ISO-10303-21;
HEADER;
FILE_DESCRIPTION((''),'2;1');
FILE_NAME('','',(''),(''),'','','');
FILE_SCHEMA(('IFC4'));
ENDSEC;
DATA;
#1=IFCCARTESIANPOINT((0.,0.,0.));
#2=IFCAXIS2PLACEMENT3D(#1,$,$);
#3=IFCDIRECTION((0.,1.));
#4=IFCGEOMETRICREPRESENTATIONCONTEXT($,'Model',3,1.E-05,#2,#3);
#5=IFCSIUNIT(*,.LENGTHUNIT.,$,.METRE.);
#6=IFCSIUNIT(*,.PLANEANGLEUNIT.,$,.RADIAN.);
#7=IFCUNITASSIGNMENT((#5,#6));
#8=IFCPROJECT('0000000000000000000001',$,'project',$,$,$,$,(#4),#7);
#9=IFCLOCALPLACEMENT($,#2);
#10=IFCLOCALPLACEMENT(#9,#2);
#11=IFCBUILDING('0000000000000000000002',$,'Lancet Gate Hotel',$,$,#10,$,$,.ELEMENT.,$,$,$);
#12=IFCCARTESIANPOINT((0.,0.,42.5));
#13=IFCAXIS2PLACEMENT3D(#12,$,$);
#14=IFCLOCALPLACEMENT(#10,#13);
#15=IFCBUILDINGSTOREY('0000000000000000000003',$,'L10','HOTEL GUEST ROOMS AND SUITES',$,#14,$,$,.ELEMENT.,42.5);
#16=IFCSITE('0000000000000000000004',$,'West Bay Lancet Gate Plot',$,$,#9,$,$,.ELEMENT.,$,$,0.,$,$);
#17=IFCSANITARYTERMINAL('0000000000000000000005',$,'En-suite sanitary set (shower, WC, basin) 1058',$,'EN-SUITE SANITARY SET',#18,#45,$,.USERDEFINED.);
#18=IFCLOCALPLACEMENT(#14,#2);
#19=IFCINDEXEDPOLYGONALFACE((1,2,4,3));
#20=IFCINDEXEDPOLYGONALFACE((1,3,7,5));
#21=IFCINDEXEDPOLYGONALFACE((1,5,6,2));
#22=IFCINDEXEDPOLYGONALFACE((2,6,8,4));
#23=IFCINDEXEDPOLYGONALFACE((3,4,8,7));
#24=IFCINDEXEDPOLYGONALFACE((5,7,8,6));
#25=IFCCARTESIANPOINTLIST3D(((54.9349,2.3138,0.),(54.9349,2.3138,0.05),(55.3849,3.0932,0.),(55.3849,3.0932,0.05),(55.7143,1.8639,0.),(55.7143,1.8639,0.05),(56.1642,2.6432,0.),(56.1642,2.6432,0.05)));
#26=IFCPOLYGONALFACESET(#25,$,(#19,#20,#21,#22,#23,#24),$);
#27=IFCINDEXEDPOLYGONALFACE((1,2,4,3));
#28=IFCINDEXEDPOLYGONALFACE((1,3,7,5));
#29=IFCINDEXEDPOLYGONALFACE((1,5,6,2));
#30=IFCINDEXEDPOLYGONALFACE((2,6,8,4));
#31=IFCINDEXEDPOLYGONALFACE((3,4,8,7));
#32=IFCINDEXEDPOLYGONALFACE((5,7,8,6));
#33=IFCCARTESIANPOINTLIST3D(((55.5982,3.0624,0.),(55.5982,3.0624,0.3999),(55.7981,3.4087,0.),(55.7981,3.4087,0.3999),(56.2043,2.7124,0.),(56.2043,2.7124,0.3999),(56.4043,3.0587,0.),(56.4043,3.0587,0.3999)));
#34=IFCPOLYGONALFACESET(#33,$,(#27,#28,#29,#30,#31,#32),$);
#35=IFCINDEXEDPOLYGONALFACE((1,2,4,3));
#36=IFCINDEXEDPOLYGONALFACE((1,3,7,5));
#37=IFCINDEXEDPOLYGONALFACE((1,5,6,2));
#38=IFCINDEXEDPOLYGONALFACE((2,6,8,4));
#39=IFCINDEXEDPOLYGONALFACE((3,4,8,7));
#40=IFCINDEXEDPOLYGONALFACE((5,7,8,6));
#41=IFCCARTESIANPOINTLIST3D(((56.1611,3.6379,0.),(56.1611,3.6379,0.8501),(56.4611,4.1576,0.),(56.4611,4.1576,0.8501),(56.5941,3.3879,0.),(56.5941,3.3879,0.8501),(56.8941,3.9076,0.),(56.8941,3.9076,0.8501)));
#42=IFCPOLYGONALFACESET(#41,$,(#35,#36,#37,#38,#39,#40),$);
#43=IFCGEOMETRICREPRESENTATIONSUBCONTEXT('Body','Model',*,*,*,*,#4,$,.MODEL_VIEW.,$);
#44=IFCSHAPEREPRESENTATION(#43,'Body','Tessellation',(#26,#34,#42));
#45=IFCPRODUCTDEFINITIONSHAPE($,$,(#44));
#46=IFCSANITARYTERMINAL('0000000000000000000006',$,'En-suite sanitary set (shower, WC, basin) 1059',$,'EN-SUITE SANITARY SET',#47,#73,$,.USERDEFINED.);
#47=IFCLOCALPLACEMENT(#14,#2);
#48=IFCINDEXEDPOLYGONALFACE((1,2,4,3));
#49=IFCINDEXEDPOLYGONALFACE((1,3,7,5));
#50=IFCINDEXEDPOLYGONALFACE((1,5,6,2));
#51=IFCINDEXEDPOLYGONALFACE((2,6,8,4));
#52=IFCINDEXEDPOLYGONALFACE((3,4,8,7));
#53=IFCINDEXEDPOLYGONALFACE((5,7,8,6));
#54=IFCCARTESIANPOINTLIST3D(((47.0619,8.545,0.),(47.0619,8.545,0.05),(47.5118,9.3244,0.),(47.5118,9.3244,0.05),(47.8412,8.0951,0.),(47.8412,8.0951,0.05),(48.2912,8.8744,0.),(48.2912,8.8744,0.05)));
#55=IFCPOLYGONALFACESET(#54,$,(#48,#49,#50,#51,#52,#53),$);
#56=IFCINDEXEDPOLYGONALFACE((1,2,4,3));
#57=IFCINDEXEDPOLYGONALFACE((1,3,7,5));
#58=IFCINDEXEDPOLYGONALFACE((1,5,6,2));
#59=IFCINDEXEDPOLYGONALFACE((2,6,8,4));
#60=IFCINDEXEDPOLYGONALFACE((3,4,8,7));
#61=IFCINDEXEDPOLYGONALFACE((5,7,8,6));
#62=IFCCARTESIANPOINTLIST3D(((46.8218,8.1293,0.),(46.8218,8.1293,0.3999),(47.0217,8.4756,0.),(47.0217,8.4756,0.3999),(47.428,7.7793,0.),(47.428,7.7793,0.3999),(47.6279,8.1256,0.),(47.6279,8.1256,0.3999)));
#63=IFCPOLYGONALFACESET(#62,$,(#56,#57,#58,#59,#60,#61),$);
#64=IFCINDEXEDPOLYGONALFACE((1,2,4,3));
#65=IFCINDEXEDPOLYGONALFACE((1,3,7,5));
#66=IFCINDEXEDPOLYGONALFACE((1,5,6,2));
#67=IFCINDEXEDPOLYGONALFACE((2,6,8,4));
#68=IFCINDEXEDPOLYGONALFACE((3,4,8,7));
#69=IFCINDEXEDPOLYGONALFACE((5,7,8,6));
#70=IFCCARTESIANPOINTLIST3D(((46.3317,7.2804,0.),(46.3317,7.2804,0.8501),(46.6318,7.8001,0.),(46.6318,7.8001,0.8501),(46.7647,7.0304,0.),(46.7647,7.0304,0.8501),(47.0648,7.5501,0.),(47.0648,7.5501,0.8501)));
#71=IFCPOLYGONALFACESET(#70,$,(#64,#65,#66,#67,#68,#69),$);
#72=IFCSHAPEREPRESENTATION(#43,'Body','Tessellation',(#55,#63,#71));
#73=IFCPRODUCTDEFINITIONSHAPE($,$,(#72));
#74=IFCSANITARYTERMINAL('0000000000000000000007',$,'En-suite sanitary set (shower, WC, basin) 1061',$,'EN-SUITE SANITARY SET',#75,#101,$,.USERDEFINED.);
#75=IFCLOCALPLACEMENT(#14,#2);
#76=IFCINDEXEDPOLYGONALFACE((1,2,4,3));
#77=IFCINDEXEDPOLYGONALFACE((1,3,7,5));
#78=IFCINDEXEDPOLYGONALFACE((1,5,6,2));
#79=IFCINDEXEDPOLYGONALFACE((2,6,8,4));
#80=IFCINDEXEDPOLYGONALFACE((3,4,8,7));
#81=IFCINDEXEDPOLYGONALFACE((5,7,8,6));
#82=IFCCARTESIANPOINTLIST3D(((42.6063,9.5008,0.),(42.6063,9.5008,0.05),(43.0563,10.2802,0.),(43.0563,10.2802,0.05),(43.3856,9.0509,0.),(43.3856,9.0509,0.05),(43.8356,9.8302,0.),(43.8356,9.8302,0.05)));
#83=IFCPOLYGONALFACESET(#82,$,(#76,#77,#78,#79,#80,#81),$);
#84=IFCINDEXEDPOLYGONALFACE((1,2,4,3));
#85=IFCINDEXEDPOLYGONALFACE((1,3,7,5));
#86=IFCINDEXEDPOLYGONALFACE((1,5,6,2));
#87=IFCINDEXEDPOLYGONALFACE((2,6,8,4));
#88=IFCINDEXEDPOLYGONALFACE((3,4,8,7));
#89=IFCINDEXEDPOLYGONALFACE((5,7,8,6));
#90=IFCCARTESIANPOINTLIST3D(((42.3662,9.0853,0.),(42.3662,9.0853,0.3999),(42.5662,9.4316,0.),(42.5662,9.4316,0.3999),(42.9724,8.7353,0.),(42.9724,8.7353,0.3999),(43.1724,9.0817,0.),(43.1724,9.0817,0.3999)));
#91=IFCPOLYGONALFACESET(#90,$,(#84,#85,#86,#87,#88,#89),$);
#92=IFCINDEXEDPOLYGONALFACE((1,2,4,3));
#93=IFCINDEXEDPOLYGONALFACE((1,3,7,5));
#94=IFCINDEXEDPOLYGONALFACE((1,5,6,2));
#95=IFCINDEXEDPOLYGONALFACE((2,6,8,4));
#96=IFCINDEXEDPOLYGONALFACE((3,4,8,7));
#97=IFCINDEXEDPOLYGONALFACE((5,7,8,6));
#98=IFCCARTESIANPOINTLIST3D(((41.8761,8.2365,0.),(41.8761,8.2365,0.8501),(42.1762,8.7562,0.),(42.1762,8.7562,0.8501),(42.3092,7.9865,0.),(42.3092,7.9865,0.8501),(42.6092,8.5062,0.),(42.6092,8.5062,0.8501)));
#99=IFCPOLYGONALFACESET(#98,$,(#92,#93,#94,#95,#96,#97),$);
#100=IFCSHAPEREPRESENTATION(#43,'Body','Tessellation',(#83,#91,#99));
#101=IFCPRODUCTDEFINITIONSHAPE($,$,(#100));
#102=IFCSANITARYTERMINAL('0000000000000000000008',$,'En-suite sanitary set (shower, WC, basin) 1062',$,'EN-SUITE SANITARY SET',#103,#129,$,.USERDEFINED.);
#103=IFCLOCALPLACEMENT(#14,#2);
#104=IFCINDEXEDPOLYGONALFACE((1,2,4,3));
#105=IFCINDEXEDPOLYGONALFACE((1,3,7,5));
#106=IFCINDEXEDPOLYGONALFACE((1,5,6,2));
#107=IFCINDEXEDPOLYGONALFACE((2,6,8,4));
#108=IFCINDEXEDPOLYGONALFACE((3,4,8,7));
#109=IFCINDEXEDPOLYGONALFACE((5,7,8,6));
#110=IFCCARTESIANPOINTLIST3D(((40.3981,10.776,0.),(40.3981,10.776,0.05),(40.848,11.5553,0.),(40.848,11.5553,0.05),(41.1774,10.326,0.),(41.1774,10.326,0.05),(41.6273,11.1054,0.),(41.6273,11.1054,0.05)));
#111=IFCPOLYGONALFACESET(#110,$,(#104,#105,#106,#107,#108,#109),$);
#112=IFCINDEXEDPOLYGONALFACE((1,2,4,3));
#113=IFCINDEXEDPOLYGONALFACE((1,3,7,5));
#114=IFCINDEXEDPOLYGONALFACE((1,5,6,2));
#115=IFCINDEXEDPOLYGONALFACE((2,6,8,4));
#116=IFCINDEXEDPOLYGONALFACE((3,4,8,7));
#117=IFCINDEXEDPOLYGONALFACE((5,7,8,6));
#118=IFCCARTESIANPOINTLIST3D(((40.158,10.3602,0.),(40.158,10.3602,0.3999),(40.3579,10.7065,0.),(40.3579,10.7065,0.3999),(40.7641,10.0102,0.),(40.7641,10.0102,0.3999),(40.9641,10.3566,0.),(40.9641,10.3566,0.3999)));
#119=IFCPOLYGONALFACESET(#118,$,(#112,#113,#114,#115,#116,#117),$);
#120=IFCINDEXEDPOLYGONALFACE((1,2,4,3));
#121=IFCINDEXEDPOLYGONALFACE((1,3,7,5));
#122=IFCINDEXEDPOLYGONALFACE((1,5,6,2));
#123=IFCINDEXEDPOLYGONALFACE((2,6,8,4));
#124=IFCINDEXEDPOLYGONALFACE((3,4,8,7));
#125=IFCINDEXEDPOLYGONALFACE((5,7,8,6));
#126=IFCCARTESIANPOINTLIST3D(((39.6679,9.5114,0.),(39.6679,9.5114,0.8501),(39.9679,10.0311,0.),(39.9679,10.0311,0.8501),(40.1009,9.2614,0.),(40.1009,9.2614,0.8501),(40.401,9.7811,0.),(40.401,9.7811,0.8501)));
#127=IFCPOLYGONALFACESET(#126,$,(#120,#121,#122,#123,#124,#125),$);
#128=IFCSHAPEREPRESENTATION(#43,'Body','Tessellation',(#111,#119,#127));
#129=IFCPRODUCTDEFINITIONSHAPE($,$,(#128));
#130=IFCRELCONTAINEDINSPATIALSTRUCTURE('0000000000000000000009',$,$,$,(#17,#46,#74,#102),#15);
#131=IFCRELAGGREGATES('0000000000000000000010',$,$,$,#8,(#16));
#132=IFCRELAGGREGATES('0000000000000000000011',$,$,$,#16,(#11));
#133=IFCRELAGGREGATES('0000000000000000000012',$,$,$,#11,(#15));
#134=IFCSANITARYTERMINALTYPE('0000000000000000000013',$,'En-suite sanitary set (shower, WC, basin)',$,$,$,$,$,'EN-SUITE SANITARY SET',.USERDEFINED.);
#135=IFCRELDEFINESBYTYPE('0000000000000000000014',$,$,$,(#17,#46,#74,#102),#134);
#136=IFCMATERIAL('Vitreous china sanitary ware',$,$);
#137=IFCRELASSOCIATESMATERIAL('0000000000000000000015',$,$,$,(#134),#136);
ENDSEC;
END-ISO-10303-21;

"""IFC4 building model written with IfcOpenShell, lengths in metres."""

from ifc_helpers import new_model, si_unit, direction, frame, origin, origin_2d, place, context, subcontext, project, spatial, rectangle, extrude, material, type_object, element, save


model = new_model("IFC4")

# Units and contexts
model_context = context("Model", 3, precision=1e-05, world=origin(), true_north=direction((0.0, 1.0)))
body_context = subcontext(model_context, "Body", "Model", "MODEL_VIEW")
ifc_project = project(units=[si_unit("LENGTHUNIT", "METRE"), si_unit("PLANEANGLEUNIT", "RADIAN")], contexts=[model_context])

# Site, building, storey
site_placement = place(None, origin())
site = spatial("IfcSite", under=ifc_project, at=site_placement, Name="West Bay Lancet Gate Plot", CompositionType="ELEMENT", RefElevation=0.0)
building_placement = place(site_placement, origin())
building = spatial("IfcBuilding", under=site, at=building_placement, Name="Lancet Gate Hotel", CompositionType="ELEMENT")
storey_placement = place(building_placement, frame((0.0, 0.0, 42.5)))
storey = spatial("IfcBuildingStorey", under=building, at=storey_placement, Name="L10", Description="HOTEL GUEST ROOMS AND SUITES", CompositionType="ELEMENT", Elevation=42.5)

# Sanitary terminals
ifc_material_1 = material(Name="Vitreous china sanitary ware")
sanitary_terminal_type = type_object("IfcSanitaryTerminalType", Name="En-suite sanitary set (shower, WC, basin)", ElementType="EN-SUITE SANITARY SET", PredefinedType="USERDEFINED", material=ifc_material_1)
sanitary_terminal_1_placement = place(storey_placement, frame((55.5496, 2.4785, 0.0), z_axis=(0.0, 0.0, 1.0), x_axis=(1.0, 0.0, 0.0)))
element("IfcSanitaryTerminal", 1, at=sanitary_terminal_1_placement, inside=storey, type_object=sanitary_terminal_type, Name="En-suite sanitary set (shower, WC, basin) 1058", ObjectType="EN-SUITE SANITARY SET", PredefinedType="USERDEFINED", context=body_context, shape_type="SweptSolid", body=[
    extrude(rectangle(XDim=0.8999, YDim=0.8999, at=origin_2d()), frame((0.0, 0.0, 0.0), z_axis=(0.0, 0.0, 1.0), x_axis=(-0.5, -0.866025, 0.0)), (0.0, 0.0, 1.0), 0.05),
    extrude(rectangle(XDim=0.3999, YDim=0.7, at=origin_2d()), frame((0.4517, 0.582, 0.0), z_axis=(0.0, 0.0, 1.0), x_axis=(-0.5, -0.866025, 0.0)), (0.0, 0.0, 1.0), 0.3999),
    extrude(rectangle(XDim=0.6001, YDim=0.5, at=origin_2d()), frame((0.978, 1.2942, 0.0), z_axis=(0.0, 0.0, 1.0), x_axis=(-0.5, -0.866025, 0.0)), (0.0, 0.0, 1.0), 0.8501),
])
sanitary_terminal_2_placement = place(storey_placement, frame((47.6765, 8.7097, 0.0), z_axis=(0.0, 0.0, 1.0), x_axis=(1.0, 0.0, 0.0)))
element("IfcSanitaryTerminal", 2, at=sanitary_terminal_2_placement, inside=storey, type_object=sanitary_terminal_type, Name="En-suite sanitary set (shower, WC, basin) 1059", ObjectType="EN-SUITE SANITARY SET", PredefinedType="USERDEFINED", context=body_context, shape_type="SweptSolid", body=[
    extrude(rectangle(XDim=0.8999, YDim=0.8999, at=origin_2d()), frame((0.0, 0.0, 0.0), z_axis=(0.0, 0.0, 1.0), x_axis=(0.5, 0.866025, 0.0)), (0.0, 0.0, 1.0), 0.05),
    extrude(rectangle(XDim=0.3999, YDim=0.7, at=origin_2d()), frame((-0.4517, -0.5823, 0.0), z_axis=(0.0, 0.0, 1.0), x_axis=(0.5, 0.866025, 0.0)), (0.0, 0.0, 1.0), 0.3999),
    extrude(rectangle(XDim=0.6001, YDim=0.5, at=origin_2d()), frame((-0.9783, -1.2944, 0.0), z_axis=(0.0, 0.0, 1.0), x_axis=(0.5, 0.866025, 0.0)), (0.0, 0.0, 1.0), 0.8501),
])
sanitary_terminal_3_placement = place(storey_placement, frame((43.2209, 9.6655, 0.0), z_axis=(0.0, 0.0, 1.0), x_axis=(1.0, 0.0, 0.0)))
element("IfcSanitaryTerminal", 3, at=sanitary_terminal_3_placement, inside=storey, type_object=sanitary_terminal_type, Name="En-suite sanitary set (shower, WC, basin) 1061", ObjectType="EN-SUITE SANITARY SET", PredefinedType="USERDEFINED", context=body_context, shape_type="SweptSolid", body=[
    extrude(rectangle(XDim=0.8999, YDim=0.8999, at=origin_2d()), frame((0.0, 0.0, 0.0), z_axis=(0.0, 0.0, 1.0), x_axis=(0.5, 0.866025, 0.0)), (0.0, 0.0, 1.0), 0.05),
    extrude(rectangle(XDim=0.3999, YDim=0.7, at=origin_2d()), frame((-0.4517, -0.582, 0.0), z_axis=(0.0, 0.0, 1.0), x_axis=(0.5, 0.866025, 0.0)), (0.0, 0.0, 1.0), 0.3999),
    extrude(rectangle(XDim=0.6001, YDim=0.5, at=origin_2d()), frame((-0.9783, -1.2942, 0.0), z_axis=(0.0, 0.0, 1.0), x_axis=(0.5, 0.866025, 0.0)), (0.0, 0.0, 1.0), 0.8501),
])
sanitary_terminal_4_placement = place(storey_placement, frame((41.0127, 10.9407, 0.0), z_axis=(0.0, 0.0, 1.0), x_axis=(1.0, 0.0, 0.0)))
element("IfcSanitaryTerminal", 4, at=sanitary_terminal_4_placement, inside=storey, type_object=sanitary_terminal_type, Name="En-suite sanitary set (shower, WC, basin) 1062", ObjectType="EN-SUITE SANITARY SET", PredefinedType="USERDEFINED", context=body_context, shape_type="SweptSolid", body=[
    extrude(rectangle(XDim=0.8999, YDim=0.8999, at=origin_2d()), frame((0.0, 0.0, 0.0), z_axis=(0.0, 0.0, 1.0), x_axis=(0.5, 0.866025, 0.0)), (0.0, 0.0, 1.0), 0.05),
    extrude(rectangle(XDim=0.3999, YDim=0.7, at=origin_2d()), frame((-0.4517, -0.5823, 0.0), z_axis=(0.0, 0.0, 1.0), x_axis=(0.5, 0.866025, 0.0)), (0.0, 0.0, 1.0), 0.3999),
    extrude(rectangle(XDim=0.6001, YDim=0.5, at=origin_2d()), frame((-0.9783, -1.2944, 0.0), z_axis=(0.0, 0.0, 1.0), x_axis=(0.5, 0.866025, 0.0)), (0.0, 0.0, 1.0), 0.8501),
])

save(model, "model.ifc")
